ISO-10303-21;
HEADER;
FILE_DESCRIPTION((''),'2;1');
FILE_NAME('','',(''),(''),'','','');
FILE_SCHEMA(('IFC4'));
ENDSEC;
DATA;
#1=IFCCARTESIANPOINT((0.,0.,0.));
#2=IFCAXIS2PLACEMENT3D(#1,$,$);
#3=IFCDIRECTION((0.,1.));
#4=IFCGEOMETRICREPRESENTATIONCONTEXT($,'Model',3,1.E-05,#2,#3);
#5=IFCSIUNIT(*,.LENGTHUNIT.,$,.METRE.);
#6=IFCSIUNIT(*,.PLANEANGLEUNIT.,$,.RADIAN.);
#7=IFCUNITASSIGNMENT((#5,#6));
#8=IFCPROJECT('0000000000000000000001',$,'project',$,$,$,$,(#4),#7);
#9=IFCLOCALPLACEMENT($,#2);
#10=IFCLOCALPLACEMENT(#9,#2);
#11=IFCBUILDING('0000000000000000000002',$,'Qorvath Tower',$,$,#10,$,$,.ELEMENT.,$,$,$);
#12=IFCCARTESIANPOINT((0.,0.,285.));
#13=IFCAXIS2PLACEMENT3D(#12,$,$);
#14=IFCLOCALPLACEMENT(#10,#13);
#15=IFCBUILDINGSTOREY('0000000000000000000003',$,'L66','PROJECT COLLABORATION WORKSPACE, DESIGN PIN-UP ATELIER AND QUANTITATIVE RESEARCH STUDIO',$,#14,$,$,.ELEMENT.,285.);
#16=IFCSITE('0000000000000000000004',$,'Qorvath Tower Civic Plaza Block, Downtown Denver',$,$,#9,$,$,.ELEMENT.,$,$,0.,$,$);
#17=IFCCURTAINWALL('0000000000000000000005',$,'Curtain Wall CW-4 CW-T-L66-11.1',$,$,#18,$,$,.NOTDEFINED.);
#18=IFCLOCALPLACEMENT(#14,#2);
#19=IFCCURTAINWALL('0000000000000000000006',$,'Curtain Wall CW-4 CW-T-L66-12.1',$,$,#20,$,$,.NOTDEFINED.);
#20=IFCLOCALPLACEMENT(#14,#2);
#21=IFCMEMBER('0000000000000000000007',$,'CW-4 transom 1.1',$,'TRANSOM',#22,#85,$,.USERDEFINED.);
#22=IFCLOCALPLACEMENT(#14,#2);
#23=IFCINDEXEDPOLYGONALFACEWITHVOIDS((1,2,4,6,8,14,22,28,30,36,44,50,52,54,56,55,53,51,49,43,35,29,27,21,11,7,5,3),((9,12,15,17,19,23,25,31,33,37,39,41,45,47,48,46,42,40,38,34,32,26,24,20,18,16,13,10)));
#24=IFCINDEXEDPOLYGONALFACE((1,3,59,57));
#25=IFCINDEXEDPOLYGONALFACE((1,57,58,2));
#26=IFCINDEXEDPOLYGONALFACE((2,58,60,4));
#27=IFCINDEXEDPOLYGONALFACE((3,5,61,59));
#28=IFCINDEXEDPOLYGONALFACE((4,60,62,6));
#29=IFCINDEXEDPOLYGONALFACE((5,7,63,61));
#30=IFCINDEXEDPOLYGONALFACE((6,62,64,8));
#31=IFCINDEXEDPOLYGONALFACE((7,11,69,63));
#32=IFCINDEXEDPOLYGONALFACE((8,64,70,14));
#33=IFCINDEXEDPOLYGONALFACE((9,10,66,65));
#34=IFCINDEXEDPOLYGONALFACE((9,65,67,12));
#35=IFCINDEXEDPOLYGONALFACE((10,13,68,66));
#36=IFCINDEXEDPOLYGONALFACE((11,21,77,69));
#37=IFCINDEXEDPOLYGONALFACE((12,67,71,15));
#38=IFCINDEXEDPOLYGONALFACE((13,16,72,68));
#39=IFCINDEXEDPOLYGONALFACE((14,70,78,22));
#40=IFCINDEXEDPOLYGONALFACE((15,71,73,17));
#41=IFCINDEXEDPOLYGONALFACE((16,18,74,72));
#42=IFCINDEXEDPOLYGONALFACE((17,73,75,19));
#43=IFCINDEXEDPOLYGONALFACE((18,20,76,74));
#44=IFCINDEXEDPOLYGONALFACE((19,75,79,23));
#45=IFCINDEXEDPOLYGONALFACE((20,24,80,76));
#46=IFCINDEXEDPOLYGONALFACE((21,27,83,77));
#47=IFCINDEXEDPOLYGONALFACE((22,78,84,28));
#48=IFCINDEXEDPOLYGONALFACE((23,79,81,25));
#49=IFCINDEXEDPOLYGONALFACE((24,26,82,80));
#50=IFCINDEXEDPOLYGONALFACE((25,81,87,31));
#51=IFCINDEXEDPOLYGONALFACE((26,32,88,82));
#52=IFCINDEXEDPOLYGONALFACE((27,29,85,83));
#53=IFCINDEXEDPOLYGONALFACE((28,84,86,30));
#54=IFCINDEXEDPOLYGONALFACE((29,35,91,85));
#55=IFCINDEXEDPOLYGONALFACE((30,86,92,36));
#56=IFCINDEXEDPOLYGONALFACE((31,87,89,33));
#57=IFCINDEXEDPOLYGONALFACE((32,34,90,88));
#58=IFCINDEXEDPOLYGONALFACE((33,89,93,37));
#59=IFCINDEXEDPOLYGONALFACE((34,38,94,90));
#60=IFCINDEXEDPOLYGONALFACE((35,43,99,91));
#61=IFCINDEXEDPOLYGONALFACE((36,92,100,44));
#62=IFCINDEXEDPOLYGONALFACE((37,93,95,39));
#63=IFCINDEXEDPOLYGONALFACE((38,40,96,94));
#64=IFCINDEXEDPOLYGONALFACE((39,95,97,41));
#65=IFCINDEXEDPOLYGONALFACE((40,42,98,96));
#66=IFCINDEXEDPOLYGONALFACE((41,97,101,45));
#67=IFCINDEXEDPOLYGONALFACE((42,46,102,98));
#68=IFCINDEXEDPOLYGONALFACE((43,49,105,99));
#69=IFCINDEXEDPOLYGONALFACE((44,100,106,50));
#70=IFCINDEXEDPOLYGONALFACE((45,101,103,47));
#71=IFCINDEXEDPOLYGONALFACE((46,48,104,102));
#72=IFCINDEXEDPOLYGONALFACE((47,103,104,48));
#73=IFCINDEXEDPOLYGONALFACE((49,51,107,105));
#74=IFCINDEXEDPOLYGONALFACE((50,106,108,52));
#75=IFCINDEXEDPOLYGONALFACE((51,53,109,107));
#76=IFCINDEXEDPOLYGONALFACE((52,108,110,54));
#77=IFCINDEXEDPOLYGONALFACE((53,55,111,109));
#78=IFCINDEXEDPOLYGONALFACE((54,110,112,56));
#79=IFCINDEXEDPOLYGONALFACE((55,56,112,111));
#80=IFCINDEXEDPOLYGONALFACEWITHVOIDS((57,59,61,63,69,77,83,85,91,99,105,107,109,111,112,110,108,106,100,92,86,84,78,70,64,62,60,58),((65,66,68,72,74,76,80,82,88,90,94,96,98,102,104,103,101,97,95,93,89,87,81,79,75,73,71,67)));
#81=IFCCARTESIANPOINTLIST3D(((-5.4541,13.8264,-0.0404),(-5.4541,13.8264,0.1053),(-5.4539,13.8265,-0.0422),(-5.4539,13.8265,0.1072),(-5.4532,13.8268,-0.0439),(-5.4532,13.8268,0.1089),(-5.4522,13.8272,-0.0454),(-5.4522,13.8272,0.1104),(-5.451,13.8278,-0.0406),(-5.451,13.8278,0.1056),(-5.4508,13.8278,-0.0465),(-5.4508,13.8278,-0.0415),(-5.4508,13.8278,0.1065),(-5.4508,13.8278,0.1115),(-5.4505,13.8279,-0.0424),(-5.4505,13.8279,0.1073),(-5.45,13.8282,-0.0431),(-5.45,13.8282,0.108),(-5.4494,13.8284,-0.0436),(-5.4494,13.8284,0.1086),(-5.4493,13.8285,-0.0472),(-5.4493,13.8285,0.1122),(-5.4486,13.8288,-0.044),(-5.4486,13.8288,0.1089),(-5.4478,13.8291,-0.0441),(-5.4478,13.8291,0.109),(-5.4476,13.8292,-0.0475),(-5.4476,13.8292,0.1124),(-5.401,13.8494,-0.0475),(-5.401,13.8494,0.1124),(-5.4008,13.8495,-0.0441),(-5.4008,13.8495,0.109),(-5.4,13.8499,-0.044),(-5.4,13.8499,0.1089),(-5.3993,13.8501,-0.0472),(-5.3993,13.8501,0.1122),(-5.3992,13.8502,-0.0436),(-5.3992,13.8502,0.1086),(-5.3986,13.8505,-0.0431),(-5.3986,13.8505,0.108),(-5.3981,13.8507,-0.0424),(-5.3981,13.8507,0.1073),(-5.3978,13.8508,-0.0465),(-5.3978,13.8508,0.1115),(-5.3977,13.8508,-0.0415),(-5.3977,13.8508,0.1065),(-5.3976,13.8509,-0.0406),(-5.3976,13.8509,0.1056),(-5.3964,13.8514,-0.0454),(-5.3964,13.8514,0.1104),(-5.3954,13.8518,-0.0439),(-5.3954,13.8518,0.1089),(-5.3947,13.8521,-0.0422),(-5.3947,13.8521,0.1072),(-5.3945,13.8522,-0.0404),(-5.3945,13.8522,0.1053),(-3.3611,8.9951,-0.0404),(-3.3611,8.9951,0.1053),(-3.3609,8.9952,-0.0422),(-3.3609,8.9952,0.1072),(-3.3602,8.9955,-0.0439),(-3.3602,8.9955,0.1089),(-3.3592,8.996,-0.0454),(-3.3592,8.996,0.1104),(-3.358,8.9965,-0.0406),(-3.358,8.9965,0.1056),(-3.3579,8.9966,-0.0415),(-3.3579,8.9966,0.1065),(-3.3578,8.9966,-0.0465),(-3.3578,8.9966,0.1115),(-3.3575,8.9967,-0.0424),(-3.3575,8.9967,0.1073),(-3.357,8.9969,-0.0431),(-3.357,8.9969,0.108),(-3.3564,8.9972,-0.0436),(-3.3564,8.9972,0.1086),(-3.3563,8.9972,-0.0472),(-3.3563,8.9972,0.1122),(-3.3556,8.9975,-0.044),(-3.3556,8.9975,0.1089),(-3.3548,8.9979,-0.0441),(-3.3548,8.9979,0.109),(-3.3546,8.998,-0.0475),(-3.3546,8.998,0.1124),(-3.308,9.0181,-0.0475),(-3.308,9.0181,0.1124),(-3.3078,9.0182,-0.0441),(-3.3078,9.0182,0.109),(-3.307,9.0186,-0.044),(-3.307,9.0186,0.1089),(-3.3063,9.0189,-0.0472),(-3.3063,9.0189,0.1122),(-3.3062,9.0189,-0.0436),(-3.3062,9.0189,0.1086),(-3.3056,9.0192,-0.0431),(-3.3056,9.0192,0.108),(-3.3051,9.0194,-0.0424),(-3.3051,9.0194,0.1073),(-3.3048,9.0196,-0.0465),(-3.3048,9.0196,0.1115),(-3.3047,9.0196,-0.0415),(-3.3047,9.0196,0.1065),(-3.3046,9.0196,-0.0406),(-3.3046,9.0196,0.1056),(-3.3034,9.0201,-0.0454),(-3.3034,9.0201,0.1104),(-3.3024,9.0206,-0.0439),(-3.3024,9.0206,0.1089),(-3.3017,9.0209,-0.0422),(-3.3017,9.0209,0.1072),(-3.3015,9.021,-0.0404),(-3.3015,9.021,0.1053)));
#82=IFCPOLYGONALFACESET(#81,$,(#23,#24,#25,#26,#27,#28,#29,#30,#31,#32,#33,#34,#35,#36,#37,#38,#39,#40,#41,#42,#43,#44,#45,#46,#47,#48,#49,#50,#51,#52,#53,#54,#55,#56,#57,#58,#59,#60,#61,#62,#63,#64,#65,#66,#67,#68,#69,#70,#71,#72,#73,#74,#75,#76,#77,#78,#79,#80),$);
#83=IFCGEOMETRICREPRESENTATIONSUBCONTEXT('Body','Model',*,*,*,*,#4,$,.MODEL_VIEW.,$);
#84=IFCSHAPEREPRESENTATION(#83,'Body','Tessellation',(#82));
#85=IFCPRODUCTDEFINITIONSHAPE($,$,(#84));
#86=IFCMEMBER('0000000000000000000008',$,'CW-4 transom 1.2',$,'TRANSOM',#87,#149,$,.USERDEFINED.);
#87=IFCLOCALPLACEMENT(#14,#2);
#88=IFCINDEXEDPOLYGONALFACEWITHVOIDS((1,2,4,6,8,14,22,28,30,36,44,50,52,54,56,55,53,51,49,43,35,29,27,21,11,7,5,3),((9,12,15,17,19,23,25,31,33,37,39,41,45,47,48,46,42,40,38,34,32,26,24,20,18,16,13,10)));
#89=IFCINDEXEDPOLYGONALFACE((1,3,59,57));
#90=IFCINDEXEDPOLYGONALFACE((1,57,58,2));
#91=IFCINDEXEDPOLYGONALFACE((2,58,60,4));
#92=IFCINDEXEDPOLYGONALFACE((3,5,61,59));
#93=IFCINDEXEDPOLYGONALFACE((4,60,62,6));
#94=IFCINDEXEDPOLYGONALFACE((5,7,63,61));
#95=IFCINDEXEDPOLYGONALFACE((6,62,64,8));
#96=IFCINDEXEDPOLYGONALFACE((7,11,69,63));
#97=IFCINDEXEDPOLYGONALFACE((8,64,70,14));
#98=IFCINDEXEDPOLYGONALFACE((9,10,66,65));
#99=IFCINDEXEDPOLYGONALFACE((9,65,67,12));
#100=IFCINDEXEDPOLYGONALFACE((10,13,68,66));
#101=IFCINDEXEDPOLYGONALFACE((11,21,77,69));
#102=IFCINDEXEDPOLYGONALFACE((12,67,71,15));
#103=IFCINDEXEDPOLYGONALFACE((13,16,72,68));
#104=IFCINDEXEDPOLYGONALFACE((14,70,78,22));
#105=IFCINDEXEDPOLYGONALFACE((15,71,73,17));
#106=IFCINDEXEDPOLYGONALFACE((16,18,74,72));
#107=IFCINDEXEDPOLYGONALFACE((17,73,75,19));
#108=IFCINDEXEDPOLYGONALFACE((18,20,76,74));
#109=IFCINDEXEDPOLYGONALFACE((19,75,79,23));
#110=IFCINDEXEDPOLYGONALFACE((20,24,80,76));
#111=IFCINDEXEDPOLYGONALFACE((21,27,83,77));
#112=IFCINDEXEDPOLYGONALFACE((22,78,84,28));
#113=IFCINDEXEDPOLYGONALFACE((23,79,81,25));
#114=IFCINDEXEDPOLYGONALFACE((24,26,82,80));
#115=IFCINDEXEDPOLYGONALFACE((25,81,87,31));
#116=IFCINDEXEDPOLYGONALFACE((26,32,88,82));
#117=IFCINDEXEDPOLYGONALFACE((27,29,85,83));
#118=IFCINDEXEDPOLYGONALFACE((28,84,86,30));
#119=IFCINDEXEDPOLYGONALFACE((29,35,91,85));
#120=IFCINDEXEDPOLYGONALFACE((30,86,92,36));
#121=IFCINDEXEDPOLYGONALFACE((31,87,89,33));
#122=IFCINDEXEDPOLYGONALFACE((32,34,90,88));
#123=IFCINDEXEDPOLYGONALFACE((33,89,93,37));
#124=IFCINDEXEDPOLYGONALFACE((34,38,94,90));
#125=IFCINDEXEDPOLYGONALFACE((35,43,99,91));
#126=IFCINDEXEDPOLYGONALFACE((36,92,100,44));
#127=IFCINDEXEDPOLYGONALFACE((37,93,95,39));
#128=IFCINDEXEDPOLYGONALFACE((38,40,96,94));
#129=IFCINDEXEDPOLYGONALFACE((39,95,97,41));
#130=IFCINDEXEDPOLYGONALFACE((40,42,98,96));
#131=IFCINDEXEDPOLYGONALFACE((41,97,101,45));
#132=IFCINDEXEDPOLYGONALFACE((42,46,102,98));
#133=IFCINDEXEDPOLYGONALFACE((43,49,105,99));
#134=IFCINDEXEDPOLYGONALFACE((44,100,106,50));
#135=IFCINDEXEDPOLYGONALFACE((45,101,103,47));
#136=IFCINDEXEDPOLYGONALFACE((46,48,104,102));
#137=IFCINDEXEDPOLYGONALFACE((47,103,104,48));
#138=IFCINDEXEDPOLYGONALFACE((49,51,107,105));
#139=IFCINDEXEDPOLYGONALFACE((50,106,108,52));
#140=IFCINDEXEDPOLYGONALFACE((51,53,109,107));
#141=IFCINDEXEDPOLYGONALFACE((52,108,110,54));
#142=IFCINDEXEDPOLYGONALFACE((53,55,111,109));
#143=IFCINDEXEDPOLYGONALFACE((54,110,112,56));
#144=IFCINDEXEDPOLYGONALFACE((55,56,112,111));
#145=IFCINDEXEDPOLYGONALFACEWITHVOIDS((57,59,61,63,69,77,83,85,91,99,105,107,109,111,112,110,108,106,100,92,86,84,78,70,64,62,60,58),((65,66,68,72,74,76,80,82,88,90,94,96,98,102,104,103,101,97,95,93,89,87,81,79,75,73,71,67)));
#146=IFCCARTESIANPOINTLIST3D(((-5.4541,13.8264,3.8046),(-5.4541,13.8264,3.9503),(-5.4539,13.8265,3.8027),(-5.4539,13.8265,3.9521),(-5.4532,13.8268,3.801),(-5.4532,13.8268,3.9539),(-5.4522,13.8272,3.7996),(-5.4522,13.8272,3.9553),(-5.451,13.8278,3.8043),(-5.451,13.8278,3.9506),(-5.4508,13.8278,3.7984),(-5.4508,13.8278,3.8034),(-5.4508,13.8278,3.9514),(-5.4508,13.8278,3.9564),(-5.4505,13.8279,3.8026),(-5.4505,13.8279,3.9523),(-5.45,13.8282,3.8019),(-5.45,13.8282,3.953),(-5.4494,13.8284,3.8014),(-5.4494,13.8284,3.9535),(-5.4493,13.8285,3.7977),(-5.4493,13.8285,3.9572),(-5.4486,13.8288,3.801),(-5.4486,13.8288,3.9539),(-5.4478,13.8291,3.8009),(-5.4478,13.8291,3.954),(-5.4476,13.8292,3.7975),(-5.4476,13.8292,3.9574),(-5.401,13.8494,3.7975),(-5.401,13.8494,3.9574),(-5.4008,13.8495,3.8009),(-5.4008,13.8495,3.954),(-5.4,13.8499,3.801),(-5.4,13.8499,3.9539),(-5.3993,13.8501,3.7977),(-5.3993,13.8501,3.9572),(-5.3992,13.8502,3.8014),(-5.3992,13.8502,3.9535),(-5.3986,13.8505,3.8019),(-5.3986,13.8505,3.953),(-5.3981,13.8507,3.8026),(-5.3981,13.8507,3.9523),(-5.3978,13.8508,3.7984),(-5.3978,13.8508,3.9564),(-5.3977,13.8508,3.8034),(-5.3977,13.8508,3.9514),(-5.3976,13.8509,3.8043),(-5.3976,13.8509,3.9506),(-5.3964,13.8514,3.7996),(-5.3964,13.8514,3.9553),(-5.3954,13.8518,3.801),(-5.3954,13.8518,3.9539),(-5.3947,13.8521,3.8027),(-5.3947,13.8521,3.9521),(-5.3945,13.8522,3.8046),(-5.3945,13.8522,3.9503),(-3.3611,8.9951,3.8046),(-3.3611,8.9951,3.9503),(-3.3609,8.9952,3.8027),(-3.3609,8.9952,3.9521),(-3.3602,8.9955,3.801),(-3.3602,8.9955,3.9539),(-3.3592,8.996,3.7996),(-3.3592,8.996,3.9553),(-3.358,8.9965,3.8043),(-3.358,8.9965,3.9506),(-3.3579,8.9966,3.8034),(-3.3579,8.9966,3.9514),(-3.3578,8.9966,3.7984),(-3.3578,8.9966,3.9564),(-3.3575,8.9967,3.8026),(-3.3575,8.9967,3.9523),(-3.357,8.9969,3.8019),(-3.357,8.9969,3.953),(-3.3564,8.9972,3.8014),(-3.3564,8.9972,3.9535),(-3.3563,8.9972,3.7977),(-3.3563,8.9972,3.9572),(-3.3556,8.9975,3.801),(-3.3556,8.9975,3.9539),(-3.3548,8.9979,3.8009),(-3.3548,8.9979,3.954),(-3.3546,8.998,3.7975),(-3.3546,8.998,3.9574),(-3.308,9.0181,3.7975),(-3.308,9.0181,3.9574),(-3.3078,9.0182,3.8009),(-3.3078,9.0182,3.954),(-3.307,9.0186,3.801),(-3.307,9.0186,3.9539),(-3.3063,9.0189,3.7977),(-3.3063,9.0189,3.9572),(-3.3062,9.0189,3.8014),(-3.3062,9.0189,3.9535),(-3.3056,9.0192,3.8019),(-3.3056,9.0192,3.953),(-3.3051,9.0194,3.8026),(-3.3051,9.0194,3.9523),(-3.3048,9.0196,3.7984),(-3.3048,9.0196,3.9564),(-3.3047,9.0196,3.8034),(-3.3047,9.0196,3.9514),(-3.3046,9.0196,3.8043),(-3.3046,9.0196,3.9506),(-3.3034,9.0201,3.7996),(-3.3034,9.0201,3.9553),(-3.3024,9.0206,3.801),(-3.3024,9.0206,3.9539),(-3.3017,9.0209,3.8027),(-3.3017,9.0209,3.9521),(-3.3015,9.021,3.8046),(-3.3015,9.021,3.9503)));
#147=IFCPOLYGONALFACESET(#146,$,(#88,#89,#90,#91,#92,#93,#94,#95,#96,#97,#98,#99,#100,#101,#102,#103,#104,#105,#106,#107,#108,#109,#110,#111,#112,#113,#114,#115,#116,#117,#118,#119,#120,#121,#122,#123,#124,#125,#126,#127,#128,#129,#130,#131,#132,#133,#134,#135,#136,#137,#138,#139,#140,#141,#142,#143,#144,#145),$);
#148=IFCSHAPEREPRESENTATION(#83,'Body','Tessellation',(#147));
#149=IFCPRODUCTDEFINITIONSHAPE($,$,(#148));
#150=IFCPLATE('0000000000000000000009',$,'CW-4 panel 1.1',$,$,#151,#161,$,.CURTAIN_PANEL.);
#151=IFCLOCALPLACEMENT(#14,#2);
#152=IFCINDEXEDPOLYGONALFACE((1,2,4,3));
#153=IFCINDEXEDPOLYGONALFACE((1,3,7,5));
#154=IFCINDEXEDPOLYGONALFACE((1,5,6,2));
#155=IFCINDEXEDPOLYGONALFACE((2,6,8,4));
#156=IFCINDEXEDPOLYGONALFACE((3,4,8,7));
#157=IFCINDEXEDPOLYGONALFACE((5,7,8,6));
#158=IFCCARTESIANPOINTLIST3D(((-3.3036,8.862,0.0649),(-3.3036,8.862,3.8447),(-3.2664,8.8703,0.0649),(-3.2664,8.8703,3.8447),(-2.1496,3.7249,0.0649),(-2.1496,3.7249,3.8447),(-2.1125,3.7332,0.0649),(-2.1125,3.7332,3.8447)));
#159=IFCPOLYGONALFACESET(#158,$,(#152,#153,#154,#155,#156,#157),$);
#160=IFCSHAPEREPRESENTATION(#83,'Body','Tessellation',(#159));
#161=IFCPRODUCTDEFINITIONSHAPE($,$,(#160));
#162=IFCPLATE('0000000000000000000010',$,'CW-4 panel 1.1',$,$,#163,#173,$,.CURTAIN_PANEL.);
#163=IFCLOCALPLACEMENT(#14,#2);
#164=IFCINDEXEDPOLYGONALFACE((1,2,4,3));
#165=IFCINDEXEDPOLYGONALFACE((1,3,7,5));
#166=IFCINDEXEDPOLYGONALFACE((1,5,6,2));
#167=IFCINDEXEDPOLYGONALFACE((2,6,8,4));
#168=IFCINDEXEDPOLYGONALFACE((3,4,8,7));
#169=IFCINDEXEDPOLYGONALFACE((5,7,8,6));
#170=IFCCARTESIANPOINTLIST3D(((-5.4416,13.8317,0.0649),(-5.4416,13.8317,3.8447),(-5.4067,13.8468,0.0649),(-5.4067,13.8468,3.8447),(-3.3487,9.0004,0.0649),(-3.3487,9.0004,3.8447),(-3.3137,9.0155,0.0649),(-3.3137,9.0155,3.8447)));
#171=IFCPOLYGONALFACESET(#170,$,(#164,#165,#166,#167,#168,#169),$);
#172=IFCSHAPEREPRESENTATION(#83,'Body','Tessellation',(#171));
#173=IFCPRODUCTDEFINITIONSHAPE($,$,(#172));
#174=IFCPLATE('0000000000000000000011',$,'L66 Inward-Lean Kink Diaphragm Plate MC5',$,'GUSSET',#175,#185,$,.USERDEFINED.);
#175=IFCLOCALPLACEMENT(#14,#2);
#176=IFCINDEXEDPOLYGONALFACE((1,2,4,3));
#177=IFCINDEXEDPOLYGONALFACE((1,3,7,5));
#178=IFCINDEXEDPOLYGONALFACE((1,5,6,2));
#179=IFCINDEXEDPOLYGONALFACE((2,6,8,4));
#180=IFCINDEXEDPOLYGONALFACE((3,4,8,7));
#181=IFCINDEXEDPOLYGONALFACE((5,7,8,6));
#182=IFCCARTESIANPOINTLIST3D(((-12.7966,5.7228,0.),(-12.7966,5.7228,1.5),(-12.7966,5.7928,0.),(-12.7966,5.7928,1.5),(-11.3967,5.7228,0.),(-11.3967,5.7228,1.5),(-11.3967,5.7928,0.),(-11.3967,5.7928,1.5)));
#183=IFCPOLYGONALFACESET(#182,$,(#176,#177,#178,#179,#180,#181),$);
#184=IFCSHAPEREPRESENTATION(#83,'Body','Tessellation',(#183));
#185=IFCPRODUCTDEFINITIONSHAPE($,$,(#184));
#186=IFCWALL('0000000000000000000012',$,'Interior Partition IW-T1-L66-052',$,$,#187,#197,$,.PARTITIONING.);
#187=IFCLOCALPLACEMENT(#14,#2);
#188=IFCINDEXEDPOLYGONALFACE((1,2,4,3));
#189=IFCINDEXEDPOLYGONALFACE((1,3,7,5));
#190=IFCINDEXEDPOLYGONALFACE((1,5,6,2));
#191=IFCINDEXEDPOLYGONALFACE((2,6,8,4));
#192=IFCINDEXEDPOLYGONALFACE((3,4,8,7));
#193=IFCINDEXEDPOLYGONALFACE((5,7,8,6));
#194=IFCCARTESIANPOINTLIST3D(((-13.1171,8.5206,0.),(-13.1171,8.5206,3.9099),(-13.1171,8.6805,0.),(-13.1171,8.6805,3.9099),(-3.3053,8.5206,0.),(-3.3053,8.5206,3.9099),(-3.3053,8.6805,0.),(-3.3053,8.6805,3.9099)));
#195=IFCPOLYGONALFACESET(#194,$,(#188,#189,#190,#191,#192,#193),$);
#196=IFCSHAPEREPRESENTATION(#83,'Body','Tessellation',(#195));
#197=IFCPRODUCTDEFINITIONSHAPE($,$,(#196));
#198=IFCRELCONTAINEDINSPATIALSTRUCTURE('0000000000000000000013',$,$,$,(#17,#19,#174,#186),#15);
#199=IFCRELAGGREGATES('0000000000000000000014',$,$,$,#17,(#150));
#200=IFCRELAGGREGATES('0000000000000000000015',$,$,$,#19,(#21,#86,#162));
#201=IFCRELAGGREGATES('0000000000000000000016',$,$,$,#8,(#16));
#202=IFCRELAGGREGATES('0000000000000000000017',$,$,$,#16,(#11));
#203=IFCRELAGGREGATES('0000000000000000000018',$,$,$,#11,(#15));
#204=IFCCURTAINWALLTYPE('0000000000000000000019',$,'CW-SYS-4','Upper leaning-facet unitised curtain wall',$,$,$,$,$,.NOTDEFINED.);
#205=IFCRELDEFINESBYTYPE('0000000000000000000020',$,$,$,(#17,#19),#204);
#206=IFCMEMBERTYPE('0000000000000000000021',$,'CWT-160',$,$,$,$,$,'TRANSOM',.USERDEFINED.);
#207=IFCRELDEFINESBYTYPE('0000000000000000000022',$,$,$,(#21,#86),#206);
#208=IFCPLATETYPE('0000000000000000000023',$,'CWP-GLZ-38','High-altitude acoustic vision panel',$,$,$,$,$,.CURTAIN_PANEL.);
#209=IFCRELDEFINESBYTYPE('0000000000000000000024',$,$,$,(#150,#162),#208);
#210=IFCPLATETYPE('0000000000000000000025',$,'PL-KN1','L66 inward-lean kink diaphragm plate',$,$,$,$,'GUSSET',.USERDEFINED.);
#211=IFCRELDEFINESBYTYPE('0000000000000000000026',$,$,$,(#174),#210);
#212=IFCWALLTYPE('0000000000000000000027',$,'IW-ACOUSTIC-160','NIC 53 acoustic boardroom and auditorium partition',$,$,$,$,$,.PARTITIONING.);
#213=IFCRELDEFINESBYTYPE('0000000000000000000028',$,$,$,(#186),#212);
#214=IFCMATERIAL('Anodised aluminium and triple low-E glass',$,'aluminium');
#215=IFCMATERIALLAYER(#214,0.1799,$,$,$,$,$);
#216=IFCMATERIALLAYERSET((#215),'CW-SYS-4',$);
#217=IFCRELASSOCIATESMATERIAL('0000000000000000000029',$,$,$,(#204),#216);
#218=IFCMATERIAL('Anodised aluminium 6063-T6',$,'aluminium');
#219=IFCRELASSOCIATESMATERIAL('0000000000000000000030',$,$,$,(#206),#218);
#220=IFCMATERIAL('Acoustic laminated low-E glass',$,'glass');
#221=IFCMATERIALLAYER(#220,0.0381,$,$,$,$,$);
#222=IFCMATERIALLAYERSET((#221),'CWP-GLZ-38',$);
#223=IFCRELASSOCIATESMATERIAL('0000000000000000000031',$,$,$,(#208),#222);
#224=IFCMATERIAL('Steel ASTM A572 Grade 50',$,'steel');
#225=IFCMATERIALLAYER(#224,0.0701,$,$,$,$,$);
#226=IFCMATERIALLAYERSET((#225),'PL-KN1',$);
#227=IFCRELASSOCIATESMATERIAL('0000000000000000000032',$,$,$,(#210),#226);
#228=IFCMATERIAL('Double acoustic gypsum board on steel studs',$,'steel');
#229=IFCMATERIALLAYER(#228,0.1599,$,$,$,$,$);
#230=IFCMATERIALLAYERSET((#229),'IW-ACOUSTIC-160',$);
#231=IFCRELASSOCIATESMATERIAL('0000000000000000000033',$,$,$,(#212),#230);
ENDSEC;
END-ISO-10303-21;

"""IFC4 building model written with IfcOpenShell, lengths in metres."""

from ifc_helpers import new_model, si_unit, direction, frame, frame_2d, origin, origin_2d, place, context, subcontext, project, spatial, rectangle, hollow_rectangle, extrude, material, layer, layer_set, material_profile, profile_set, type_object, element, aggregate, save


model = new_model("IFC4")

# Units and contexts
model_context = context("Model", 3, precision=1e-05, world=origin(), true_north=direction((0.0, 1.0)))
body_context = subcontext(model_context, "Body", "Model", "MODEL_VIEW")
ifc_project = project(units=[si_unit("LENGTHUNIT", "METRE"), si_unit("PLANEANGLEUNIT", "RADIAN")], contexts=[model_context])

# Site, building, storey
site_placement = place(None, origin())
site = spatial("IfcSite", under=ifc_project, at=site_placement, Name="Qorvath Tower Civic Plaza Block, Downtown Denver", CompositionType="ELEMENT", RefElevation=0.0)
building_placement = place(site_placement, origin())
building = spatial("IfcBuilding", under=site, at=building_placement, Name="Qorvath Tower", CompositionType="ELEMENT")
storey_placement = place(building_placement, frame((0.0, 0.0, 285.0)))
storey = spatial("IfcBuildingStorey", under=building, at=storey_placement, Name="L66", Description="PROJECT COLLABORATION WORKSPACE, DESIGN PIN-UP ATELIER AND QUANTITATIVE RESEARCH STUDIO", CompositionType="ELEMENT", Elevation=285.0)

# Curtain walls
ifc_material_1 = material(Name="Anodised aluminium and triple low-E glass", Category="aluminium")
ifc_layer_1 = layer(ifc_material_1, 0.1799)
ifc_layer_set_1 = layer_set([ifc_layer_1], Name="CW-SYS-4")
curtain_wall_type = type_object("IfcCurtainWallType", Name="CW-SYS-4", Description="Upper leaning-facet unitised curtain wall", PredefinedType="NOTDEFINED", material=ifc_layer_set_1)
curtain_wall_1_placement = place(storey_placement, origin())
curtain_wall_1 = element("IfcCurtainWall", 1, at=curtain_wall_1_placement, inside=storey, type_object=curtain_wall_type, Name="Curtain Wall CW-4 CW-T-L66-11.1", PredefinedType="NOTDEFINED")
curtain_wall_2_placement = place(storey_placement, origin())
curtain_wall_2 = element("IfcCurtainWall", 2, at=curtain_wall_2_placement, inside=storey, type_object=curtain_wall_type, Name="Curtain Wall CW-4 CW-T-L66-12.1", PredefinedType="NOTDEFINED")

# Members
ifc_material_2 = material(Name="Anodised aluminium 6063-T6", Category="aluminium")
ifc_material_profile_1 = material_profile(ifc_material_2, hollow_rectangle(XDim=0.0649, YDim=0.1599, WallThickness=0.0034, InnerFilletRadius=0.0034, OuterFilletRadius=0.0071, at=origin_2d()), Name="CWT 160x65")
ifc_profile_set_1 = profile_set([ifc_material_profile_1], Name="Anodised aluminium 6063-T6")
member_type_1 = type_object("IfcMemberType", Name="CWT-160", ElementType="TRANSOM", PredefinedType="USERDEFINED", material=ifc_profile_set_1)
member_1_placement = place(storey_placement, frame((-3.3313, 9.0081, 0.0325), z_axis=(-0.39752, 0.917593, 0.0), x_axis=(-0.917593, -0.39752, 0.0)))
member_1 = element("IfcMember", 3, at=member_1_placement, type_object=member_type_1, Name="CW-4 transom 1.1", ObjectType="TRANSOM", PredefinedType="USERDEFINED", context=body_context, shape_type="SweptSolid", body=[
    extrude(hollow_rectangle(XDim=0.0649, YDim=0.1599, WallThickness=0.0034, InnerFilletRadius=0.0034, OuterFilletRadius=0.0071, at=origin_2d()), origin(), (0.0, 0.0, 1.0), 5.2651),
])
member_2_placement = place(storey_placement, frame((-3.3313, 9.0081, 3.8774), z_axis=(-0.39752, 0.917593, 0.0), x_axis=(-0.917593, -0.39752, 0.0)))
member_2 = element("IfcMember", 4, at=member_2_placement, type_object=member_type_1, Name="CW-4 transom 1.2", ObjectType="TRANSOM", PredefinedType="USERDEFINED", context=body_context, shape_type="SweptSolid", body=[
    extrude(hollow_rectangle(XDim=0.0649, YDim=0.1599, WallThickness=0.0034, InnerFilletRadius=0.0034, OuterFilletRadius=0.0071, at=origin_2d()), origin(), (0.0, 0.0, 1.0), 5.2651),
])

# Plates
ifc_material_3 = material(Name="Acoustic laminated low-E glass", Category="glass")
ifc_layer_2 = layer(ifc_material_3, 0.0381)
ifc_layer_set_2 = layer_set([ifc_layer_2], Name="CWP-GLZ-38")
plate_type_1 = type_object("IfcPlateType", Name="CWP-GLZ-38", Description="High-altitude acoustic vision panel", PredefinedType="CURTAIN_PANEL", material=ifc_layer_set_2)
plate_1_placement = place(storey_placement, frame((-2.708, 6.2976, 0.0649), z_axis=(0.0, 0.0, 1.0), x_axis=(-0.219167, 0.975687, 0.0)))
plate_1 = element("IfcPlate", 5, at=plate_1_placement, type_object=plate_type_1, Name="CW-4 panel 1.1", PredefinedType="CURTAIN_PANEL", context=body_context, shape_type="SweptSolid", body=[
    extrude(rectangle(XDim=5.2651, YDim=0.0381, at=origin_2d()), origin(), (0.0, 0.0, 1.0), 3.7798),
])
aggregate(curtain_wall_1, [plate_1])
plate_2_placement = place(storey_placement, frame((-4.3777, 11.4236, 0.0649), z_axis=(0.0, 0.0, 1.0), x_axis=(-0.397509, 0.917598, 0.0)))
plate_2 = element("IfcPlate", 6, at=plate_2_placement, type_object=plate_type_1, Name="CW-4 panel 1.1", PredefinedType="CURTAIN_PANEL", context=body_context, shape_type="SweptSolid", body=[
    extrude(rectangle(XDim=5.2651, YDim=0.0381, at=origin_2d()), origin(), (0.0, 0.0, 1.0), 3.7798),
])
aggregate(curtain_wall_2, [member_1, member_2, plate_2])
ifc_material_4 = material(Name="Steel ASTM A572 Grade 50", Category="steel")
ifc_layer_3 = layer(ifc_material_4, 0.0701)
ifc_layer_set_3 = layer_set([ifc_layer_3], Name="PL-KN1")
plate_type_2 = type_object("IfcPlateType", Name="PL-KN1", Description="L66 inward-lean kink diaphragm plate", ElementType="GUSSET", PredefinedType="USERDEFINED", material=ifc_layer_set_3)
plate_3_placement = place(storey_placement, frame((-12.0967, 5.7578, 0.0), z_axis=(0.0, 0.0, 1.0), x_axis=(1.0, 0.0, 0.0)))
element("IfcPlate", 7, at=plate_3_placement, inside=storey, type_object=plate_type_2, Name="L66 Inward-Lean Kink Diaphragm Plate MC5", ObjectType="GUSSET", PredefinedType="USERDEFINED", context=body_context, shape_type="SweptSolid", body=[
    extrude(rectangle(XDim=1.3999, YDim=0.0701, at=origin_2d()), origin(), (0.0, 0.0, 1.0), 1.5),
])

# Wall
ifc_material_5 = material(Name="Double acoustic gypsum board on steel studs", Category="steel")
ifc_layer_4 = layer(ifc_material_5, 0.1599)
ifc_layer_set_4 = layer_set([ifc_layer_4], Name="IW-ACOUSTIC-160")
wall_type_1 = type_object("IfcWallType", Name="IW-ACOUSTIC-160", Description="NIC 53 acoustic boardroom and auditorium partition", PredefinedType="PARTITIONING", material=ifc_layer_set_4)
wall_1_placement = place(storey_placement, frame((-3.3054, 8.6006, 0.0), z_axis=(0.0, 0.0, 1.0), x_axis=(-1.0, 0.0, 0.0)))
element("IfcWall", 8, at=wall_1_placement, inside=storey, type_object=wall_type_1, Name="Interior Partition IW-T1-L66-052", PredefinedType="PARTITIONING", context=body_context, shape_type="SweptSolid", body=[
    extrude(rectangle(XDim=9.8118, YDim=0.1599, at=frame_2d((4.9058, 0.0))), origin(), (0.0, 0.0, 1.0), 3.9099),
])

save(model, "model.ifc")
